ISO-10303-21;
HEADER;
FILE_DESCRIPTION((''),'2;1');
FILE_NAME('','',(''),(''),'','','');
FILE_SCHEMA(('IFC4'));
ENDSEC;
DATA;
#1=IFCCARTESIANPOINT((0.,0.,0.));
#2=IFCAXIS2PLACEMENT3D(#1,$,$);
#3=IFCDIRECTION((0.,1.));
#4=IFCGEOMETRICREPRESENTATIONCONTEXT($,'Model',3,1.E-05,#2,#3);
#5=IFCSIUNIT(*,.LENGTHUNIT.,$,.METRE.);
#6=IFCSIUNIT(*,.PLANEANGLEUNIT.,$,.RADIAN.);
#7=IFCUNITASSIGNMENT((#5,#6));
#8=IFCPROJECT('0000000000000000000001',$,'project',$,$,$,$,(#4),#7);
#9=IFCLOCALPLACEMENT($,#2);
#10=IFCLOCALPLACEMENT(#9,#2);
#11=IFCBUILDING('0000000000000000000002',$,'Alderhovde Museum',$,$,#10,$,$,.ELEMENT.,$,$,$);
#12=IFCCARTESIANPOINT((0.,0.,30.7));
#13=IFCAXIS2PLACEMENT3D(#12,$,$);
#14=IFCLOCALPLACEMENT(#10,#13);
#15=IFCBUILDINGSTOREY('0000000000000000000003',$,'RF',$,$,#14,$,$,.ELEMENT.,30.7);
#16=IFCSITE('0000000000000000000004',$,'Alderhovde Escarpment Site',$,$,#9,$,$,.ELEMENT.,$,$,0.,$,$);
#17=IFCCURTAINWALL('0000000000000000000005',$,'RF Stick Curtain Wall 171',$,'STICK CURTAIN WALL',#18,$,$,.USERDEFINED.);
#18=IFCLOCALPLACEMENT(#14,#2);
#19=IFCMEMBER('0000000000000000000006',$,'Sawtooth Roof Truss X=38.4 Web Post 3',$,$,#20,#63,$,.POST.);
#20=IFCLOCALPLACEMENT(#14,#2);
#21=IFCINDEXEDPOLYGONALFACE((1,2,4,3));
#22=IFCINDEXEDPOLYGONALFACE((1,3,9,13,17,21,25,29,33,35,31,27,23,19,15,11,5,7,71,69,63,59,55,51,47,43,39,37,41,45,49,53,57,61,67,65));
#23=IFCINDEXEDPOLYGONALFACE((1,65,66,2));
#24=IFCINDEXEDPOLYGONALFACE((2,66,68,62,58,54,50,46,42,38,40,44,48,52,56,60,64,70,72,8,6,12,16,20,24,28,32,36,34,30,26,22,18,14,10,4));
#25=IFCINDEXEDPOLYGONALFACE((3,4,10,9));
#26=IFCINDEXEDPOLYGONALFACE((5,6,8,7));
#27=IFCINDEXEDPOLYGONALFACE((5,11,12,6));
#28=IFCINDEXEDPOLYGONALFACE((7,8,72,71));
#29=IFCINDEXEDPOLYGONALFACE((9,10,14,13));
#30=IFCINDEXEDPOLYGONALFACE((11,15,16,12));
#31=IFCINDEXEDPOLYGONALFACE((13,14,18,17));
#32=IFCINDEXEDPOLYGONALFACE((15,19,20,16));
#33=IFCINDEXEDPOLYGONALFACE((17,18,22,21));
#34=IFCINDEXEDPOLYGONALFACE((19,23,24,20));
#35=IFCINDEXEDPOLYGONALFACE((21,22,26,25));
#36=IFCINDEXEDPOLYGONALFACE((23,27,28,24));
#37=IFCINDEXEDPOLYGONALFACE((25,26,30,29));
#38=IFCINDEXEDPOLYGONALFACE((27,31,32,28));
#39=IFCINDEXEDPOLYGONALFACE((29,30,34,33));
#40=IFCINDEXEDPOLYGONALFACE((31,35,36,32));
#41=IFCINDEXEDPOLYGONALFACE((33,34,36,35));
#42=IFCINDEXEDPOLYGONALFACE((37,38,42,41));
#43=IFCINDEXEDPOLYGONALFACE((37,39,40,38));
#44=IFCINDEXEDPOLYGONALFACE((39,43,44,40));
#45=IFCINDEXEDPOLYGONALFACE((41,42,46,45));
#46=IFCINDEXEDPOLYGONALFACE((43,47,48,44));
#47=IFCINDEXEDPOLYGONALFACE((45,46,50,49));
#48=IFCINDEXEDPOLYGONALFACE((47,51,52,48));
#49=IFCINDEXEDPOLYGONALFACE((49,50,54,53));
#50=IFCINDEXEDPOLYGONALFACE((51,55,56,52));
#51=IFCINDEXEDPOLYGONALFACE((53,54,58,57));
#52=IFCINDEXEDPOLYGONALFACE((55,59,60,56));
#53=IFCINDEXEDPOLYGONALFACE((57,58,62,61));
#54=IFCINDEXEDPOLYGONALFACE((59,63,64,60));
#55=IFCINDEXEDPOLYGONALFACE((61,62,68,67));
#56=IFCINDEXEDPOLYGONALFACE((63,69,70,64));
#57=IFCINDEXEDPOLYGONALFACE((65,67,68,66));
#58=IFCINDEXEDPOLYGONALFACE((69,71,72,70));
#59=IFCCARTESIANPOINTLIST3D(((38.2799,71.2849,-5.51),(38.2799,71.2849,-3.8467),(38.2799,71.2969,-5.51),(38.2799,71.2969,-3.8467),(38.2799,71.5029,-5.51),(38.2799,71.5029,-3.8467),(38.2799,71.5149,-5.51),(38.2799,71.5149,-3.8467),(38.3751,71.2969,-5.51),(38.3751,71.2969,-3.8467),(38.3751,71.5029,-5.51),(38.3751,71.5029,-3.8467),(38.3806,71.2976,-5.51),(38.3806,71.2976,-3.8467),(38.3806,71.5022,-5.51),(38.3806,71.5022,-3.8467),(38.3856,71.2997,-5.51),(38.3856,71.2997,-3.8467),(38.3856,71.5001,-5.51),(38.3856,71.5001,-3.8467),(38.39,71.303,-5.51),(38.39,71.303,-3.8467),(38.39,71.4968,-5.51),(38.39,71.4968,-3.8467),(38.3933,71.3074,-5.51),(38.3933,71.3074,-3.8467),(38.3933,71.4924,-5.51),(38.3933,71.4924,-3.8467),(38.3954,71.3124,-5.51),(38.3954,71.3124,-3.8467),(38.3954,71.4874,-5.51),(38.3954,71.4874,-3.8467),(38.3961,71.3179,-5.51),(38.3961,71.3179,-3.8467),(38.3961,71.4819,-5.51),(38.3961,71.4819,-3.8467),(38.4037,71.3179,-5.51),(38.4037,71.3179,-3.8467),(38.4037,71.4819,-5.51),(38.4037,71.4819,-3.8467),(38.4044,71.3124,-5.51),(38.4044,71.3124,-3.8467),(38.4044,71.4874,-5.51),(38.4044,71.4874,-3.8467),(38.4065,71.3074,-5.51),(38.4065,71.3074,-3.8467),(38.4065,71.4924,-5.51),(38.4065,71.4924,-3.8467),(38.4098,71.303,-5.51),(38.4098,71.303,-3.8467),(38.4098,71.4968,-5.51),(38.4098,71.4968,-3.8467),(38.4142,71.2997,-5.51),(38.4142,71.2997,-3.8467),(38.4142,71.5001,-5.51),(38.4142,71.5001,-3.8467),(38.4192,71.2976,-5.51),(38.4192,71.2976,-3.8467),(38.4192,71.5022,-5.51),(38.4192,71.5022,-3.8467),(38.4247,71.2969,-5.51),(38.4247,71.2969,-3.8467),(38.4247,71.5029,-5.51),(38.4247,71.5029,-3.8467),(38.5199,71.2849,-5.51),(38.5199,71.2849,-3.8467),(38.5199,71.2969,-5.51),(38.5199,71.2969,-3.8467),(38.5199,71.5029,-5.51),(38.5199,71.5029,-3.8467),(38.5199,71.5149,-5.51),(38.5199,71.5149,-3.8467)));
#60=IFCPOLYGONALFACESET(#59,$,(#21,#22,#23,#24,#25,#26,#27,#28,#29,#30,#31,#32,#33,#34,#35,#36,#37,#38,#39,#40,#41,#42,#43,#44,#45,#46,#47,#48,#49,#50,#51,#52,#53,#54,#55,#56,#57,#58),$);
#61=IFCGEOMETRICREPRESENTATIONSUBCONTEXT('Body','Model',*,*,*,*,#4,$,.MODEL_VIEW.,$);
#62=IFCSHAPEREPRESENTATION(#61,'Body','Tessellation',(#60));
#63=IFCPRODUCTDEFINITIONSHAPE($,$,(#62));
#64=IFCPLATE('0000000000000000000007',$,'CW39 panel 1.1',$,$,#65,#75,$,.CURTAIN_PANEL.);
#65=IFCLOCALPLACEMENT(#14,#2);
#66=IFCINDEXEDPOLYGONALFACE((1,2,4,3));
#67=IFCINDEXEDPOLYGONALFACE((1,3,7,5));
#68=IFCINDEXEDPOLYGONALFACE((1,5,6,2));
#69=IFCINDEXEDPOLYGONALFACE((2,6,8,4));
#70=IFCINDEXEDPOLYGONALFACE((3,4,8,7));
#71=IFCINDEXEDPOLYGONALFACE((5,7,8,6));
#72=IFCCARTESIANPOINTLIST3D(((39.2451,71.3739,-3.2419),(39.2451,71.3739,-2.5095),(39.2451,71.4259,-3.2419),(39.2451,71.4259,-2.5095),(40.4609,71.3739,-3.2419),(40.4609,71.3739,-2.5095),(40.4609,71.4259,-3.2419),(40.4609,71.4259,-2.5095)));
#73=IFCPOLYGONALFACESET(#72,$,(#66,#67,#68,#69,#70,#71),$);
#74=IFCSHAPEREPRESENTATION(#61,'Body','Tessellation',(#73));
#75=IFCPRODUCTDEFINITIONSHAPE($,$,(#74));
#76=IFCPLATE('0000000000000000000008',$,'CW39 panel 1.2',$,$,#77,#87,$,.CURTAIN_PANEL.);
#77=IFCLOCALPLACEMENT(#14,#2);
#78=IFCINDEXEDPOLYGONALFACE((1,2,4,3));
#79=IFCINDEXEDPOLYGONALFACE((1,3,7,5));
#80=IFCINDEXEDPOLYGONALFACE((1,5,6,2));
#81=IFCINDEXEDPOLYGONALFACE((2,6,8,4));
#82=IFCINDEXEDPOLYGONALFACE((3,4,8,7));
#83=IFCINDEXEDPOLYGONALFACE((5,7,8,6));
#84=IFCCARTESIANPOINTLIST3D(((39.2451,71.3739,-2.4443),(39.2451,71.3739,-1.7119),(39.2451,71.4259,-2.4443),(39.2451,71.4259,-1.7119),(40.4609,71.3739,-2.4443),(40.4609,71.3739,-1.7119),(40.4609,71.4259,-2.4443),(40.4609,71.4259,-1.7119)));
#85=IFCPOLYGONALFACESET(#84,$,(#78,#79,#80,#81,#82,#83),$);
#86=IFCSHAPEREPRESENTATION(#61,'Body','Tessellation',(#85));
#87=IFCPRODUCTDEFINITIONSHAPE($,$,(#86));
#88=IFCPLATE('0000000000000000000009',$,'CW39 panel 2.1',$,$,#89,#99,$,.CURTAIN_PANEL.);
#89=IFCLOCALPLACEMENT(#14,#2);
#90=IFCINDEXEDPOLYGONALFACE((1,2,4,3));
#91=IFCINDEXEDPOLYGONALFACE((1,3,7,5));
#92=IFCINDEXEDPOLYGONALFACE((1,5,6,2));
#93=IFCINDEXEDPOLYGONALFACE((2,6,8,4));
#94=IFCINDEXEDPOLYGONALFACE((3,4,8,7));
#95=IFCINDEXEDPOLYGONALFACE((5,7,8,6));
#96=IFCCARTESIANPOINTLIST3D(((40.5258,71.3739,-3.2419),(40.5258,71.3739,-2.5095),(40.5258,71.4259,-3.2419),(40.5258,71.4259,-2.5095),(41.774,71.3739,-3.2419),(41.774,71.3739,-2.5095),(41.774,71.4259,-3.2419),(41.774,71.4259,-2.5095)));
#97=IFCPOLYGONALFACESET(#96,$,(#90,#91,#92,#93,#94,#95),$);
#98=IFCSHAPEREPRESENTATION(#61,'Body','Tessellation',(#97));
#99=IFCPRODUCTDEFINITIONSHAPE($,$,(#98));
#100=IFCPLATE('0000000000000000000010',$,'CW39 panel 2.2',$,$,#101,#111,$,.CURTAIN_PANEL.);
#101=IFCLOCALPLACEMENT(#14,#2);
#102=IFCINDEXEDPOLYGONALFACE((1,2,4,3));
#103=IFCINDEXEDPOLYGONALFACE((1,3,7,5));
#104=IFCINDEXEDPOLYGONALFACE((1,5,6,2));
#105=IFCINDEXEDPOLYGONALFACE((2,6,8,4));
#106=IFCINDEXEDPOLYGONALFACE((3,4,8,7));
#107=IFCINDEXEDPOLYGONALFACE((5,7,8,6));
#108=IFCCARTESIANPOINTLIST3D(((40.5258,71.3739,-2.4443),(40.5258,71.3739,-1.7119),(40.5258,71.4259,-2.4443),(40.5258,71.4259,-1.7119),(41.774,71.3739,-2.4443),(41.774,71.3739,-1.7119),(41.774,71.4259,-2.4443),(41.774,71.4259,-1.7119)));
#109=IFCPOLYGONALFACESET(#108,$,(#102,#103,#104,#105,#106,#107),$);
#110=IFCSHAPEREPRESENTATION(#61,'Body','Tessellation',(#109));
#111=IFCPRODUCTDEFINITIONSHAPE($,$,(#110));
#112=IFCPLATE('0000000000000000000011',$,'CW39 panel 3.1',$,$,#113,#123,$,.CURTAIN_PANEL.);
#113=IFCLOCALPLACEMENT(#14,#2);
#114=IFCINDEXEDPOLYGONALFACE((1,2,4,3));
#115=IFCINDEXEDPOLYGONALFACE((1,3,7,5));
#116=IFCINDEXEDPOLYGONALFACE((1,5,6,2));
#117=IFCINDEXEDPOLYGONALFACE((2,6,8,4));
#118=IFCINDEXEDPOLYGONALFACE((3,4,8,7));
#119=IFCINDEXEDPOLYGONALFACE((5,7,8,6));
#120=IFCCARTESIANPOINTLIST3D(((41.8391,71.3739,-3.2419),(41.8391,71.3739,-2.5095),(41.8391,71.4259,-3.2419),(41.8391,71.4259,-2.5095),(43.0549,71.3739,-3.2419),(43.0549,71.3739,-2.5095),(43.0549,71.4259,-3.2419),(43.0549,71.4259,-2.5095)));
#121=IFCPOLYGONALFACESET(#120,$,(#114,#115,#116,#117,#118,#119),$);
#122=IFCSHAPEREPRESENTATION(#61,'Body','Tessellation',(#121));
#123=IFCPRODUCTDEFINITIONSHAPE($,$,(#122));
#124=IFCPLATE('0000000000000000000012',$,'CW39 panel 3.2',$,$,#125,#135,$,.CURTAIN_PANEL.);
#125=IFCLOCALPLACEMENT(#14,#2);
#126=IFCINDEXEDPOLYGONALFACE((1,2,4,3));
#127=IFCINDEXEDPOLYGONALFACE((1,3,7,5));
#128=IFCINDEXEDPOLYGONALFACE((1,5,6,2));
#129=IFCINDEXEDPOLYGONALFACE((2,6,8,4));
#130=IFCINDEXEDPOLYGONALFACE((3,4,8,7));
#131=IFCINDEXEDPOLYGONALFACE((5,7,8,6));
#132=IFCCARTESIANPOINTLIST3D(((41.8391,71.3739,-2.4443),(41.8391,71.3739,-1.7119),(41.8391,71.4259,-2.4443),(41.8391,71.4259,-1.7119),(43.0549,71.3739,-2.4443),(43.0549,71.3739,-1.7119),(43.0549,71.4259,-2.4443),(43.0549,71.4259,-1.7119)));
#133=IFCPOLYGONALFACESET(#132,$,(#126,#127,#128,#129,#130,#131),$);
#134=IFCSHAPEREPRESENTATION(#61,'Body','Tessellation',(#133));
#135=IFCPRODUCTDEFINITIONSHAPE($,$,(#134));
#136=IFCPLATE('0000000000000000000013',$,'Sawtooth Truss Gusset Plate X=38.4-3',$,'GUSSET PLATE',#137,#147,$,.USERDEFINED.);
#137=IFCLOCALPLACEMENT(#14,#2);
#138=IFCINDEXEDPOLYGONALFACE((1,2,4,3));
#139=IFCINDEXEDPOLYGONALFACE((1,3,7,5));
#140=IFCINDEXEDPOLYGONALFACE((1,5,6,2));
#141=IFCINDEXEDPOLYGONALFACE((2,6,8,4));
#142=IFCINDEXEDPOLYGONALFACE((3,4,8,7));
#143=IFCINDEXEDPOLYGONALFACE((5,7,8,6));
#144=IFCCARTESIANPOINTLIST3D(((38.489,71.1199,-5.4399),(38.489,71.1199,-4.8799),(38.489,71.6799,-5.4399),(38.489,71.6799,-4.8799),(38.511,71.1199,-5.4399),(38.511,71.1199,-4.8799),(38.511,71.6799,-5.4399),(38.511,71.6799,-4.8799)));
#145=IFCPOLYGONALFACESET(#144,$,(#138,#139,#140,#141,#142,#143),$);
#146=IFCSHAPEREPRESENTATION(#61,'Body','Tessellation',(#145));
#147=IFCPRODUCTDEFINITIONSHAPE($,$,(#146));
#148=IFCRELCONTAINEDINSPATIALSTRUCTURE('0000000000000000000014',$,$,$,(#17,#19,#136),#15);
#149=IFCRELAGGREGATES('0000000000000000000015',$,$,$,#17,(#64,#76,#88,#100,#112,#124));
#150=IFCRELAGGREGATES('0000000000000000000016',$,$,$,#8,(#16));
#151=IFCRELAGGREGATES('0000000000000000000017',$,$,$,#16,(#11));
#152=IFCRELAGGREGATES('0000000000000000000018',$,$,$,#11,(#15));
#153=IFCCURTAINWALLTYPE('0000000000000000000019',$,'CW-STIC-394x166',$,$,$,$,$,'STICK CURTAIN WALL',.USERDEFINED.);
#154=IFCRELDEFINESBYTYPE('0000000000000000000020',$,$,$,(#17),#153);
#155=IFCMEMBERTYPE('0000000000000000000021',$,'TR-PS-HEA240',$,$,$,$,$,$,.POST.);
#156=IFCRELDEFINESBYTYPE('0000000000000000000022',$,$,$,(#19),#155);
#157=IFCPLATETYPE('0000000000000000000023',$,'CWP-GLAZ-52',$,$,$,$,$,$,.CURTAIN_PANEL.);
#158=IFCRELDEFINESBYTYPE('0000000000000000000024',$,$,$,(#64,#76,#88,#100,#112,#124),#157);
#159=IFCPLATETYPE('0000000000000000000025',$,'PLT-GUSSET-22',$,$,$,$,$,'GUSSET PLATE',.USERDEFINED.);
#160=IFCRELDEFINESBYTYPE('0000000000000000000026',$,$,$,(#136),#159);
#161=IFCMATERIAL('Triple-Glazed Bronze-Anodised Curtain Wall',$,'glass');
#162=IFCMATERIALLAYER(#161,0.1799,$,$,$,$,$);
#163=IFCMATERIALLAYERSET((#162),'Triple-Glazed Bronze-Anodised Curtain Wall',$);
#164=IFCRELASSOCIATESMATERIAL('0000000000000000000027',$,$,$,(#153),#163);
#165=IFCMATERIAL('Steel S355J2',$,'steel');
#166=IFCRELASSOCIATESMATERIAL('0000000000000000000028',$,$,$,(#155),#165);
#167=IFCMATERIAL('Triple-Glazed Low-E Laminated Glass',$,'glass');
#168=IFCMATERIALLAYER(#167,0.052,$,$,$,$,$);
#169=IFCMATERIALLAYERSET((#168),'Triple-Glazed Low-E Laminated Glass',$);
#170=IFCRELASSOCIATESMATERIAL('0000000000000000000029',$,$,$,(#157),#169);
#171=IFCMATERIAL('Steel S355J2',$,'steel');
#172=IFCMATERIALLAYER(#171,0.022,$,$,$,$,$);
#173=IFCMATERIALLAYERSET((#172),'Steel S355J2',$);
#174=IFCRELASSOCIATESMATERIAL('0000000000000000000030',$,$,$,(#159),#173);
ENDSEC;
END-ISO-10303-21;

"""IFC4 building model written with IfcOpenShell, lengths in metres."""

from ifc_helpers import new_model, si_unit, direction, frame, origin, origin_2d, place, context, subcontext, project, spatial, rectangle, i_section, extrude, material, layer, layer_set, material_profile, profile_set, type_object, element, aggregate, save


model = new_model("IFC4")

# Units and contexts
model_context = context("Model", 3, precision=1e-05, world=origin(), true_north=direction((0.0, 1.0)))
body_context = subcontext(model_context, "Body", "Model", "MODEL_VIEW")
ifc_project = project(units=[si_unit("LENGTHUNIT", "METRE"), si_unit("PLANEANGLEUNIT", "RADIAN")], contexts=[model_context])

# Site, building, storey
site_placement = place(None, origin())
site = spatial("IfcSite", under=ifc_project, at=site_placement, Name="Alderhovde Escarpment Site", CompositionType="ELEMENT", RefElevation=0.0)
building_placement = place(site_placement, origin())
building = spatial("IfcBuilding", under=site, at=building_placement, Name="Alderhovde Museum", CompositionType="ELEMENT")
storey_placement = place(building_placement, frame((0.0, 0.0, 30.7)))
storey = spatial("IfcBuildingStorey", under=building, at=storey_placement, Name="RF", CompositionType="ELEMENT", Elevation=30.7)

# Curtain wall
ifc_material_1 = material(Name="Triple-Glazed Bronze-Anodised Curtain Wall", Category="glass")
ifc_layer_1 = layer(ifc_material_1, 0.1799)
ifc_layer_set_1 = layer_set([ifc_layer_1], Name="Triple-Glazed Bronze-Anodised Curtain Wall")
curtain_wall_type = type_object("IfcCurtainWallType", Name="CW-STIC-394x166", ElementType="STICK CURTAIN WALL", PredefinedType="USERDEFINED", material=ifc_layer_set_1)
curtain_wall_1_placement = place(storey_placement, origin())
curtain_wall_1 = element("IfcCurtainWall", 1, at=curtain_wall_1_placement, inside=storey, type_object=curtain_wall_type, Name="RF Stick Curtain Wall 171", ObjectType="STICK CURTAIN WALL", PredefinedType="USERDEFINED")

# Member
ifc_material_2 = material(Name="Steel S355J2", Category="steel")
ifc_material_profile_1 = material_profile(ifc_material_2, i_section(OverallWidth=0.24, OverallDepth=0.23, WebThickness=0.0076, FlangeThickness=0.012, FilletRadius=0.021, at=origin_2d()), Name="HEA 240")
ifc_profile_set_1 = profile_set([ifc_material_profile_1], Name="Steel S355J2")
member_type_1 = type_object("IfcMemberType", Name="TR-PS-HEA240", PredefinedType="POST", material=ifc_profile_set_1)
member_1_placement = place(storey_placement, frame((38.3999, 71.3999, -5.51), z_axis=(0.0, 0.0, 1.0), x_axis=(1.0, 0.0, 0.0)))
element("IfcMember", 2, at=member_1_placement, inside=storey, type_object=member_type_1, Name="Sawtooth Roof Truss X=38.4 Web Post 3", PredefinedType="POST", context=body_context, shape_type="SweptSolid", body=[
    extrude(i_section(OverallWidth=0.24, OverallDepth=0.23, WebThickness=0.0076, FlangeThickness=0.012, FilletRadius=0.021, at=origin_2d()), origin(), (0.0, 0.0, 1.0), 1.6633),
])

# Plates
ifc_material_3 = material(Name="Triple-Glazed Low-E Laminated Glass", Category="glass")
ifc_layer_2 = layer(ifc_material_3, 0.052)
ifc_layer_set_2 = layer_set([ifc_layer_2], Name="Triple-Glazed Low-E Laminated Glass")
plate_type_1 = type_object("IfcPlateType", Name="CWP-GLAZ-52", PredefinedType="CURTAIN_PANEL", material=ifc_layer_set_2)
plate_1_placement = place(storey_placement, frame((39.853, 71.3999, -3.2419), z_axis=(0.0, 0.0, 1.0), x_axis=(1.0, 0.0, 0.0)))
plate_1 = element("IfcPlate", 3, at=plate_1_placement, type_object=plate_type_1, Name="CW39 panel 1.1", PredefinedType="CURTAIN_PANEL", context=body_context, shape_type="SweptSolid", body=[
    extrude(rectangle(XDim=1.2158, YDim=0.052, at=origin_2d()), origin(), (0.0, 0.0, 1.0), 0.7324),
])
plate_2_placement = place(storey_placement, frame((39.853, 71.3999, -2.4443), z_axis=(0.0, 0.0, 1.0), x_axis=(1.0, 0.0, 0.0)))
plate_2 = element("IfcPlate", 4, at=plate_2_placement, type_object=plate_type_1, Name="CW39 panel 1.2", PredefinedType="CURTAIN_PANEL", context=body_context, shape_type="SweptSolid", body=[
    extrude(rectangle(XDim=1.2158, YDim=0.052, at=origin_2d()), origin(), (0.0, 0.0, 1.0), 0.7324),
])
plate_3_placement = place(storey_placement, frame((41.1499, 71.3999, -3.2419), z_axis=(0.0, 0.0, 1.0), x_axis=(1.0, 0.0, 0.0)))
plate_3 = element("IfcPlate", 5, at=plate_3_placement, type_object=plate_type_1, Name="CW39 panel 2.1", PredefinedType="CURTAIN_PANEL", context=body_context, shape_type="SweptSolid", body=[
    extrude(rectangle(XDim=1.2483, YDim=0.052, at=origin_2d()), origin(), (0.0, 0.0, 1.0), 0.7324),
])
plate_4_placement = place(storey_placement, frame((41.1499, 71.3999, -2.4443), z_axis=(0.0, 0.0, 1.0), x_axis=(1.0, 0.0, 0.0)))
plate_4 = element("IfcPlate", 6, at=plate_4_placement, type_object=plate_type_1, Name="CW39 panel 2.2", PredefinedType="CURTAIN_PANEL", context=body_context, shape_type="SweptSolid", body=[
    extrude(rectangle(XDim=1.2483, YDim=0.052, at=origin_2d()), origin(), (0.0, 0.0, 1.0), 0.7324),
])
plate_5_placement = place(storey_placement, frame((42.447, 71.3999, -3.2419), z_axis=(0.0, 0.0, 1.0), x_axis=(1.0, 0.0, 0.0)))
plate_5 = element("IfcPlate", 7, at=plate_5_placement, type_object=plate_type_1, Name="CW39 panel 3.1", PredefinedType="CURTAIN_PANEL", context=body_context, shape_type="SweptSolid", body=[
    extrude(rectangle(XDim=1.2158, YDim=0.052, at=origin_2d()), origin(), (0.0, 0.0, 1.0), 0.7324),
])
plate_6_placement = place(storey_placement, frame((42.447, 71.3999, -2.4443), z_axis=(0.0, 0.0, 1.0), x_axis=(1.0, 0.0, 0.0)))
plate_6 = element("IfcPlate", 8, at=plate_6_placement, type_object=plate_type_1, Name="CW39 panel 3.2", PredefinedType="CURTAIN_PANEL", context=body_context, shape_type="SweptSolid", body=[
    extrude(rectangle(XDim=1.2158, YDim=0.052, at=origin_2d()), origin(), (0.0, 0.0, 1.0), 0.7324),
])
aggregate(curtain_wall_1, [plate_1, plate_2, plate_3, plate_4, plate_5, plate_6])
ifc_material_4 = material(Name="Steel S355J2", Category="steel")
ifc_layer_3 = layer(ifc_material_4, 0.022)
ifc_layer_set_3 = layer_set([ifc_layer_3], Name="Steel S355J2")
plate_type_2 = type_object("IfcPlateType", Name="PLT-GUSSET-22", ElementType="GUSSET PLATE", PredefinedType="USERDEFINED", material=ifc_layer_set_3)
plate_7_placement = place(storey_placement, frame((38.5, 71.3999, -5.4399), z_axis=(0.0, 0.0, 1.0), x_axis=(1.0, 0.0, 0.0)))
element("IfcPlate", 9, at=plate_7_placement, inside=storey, type_object=plate_type_2, Name="Sawtooth Truss Gusset Plate X=38.4-3", ObjectType="GUSSET PLATE", PredefinedType="USERDEFINED", context=body_context, shape_type="SweptSolid", body=[
    extrude(rectangle(XDim=0.022, YDim=0.5601, at=origin_2d()), origin(), (0.0, 0.0, 1.0), 0.5601),
])

save(model, "model.ifc")
